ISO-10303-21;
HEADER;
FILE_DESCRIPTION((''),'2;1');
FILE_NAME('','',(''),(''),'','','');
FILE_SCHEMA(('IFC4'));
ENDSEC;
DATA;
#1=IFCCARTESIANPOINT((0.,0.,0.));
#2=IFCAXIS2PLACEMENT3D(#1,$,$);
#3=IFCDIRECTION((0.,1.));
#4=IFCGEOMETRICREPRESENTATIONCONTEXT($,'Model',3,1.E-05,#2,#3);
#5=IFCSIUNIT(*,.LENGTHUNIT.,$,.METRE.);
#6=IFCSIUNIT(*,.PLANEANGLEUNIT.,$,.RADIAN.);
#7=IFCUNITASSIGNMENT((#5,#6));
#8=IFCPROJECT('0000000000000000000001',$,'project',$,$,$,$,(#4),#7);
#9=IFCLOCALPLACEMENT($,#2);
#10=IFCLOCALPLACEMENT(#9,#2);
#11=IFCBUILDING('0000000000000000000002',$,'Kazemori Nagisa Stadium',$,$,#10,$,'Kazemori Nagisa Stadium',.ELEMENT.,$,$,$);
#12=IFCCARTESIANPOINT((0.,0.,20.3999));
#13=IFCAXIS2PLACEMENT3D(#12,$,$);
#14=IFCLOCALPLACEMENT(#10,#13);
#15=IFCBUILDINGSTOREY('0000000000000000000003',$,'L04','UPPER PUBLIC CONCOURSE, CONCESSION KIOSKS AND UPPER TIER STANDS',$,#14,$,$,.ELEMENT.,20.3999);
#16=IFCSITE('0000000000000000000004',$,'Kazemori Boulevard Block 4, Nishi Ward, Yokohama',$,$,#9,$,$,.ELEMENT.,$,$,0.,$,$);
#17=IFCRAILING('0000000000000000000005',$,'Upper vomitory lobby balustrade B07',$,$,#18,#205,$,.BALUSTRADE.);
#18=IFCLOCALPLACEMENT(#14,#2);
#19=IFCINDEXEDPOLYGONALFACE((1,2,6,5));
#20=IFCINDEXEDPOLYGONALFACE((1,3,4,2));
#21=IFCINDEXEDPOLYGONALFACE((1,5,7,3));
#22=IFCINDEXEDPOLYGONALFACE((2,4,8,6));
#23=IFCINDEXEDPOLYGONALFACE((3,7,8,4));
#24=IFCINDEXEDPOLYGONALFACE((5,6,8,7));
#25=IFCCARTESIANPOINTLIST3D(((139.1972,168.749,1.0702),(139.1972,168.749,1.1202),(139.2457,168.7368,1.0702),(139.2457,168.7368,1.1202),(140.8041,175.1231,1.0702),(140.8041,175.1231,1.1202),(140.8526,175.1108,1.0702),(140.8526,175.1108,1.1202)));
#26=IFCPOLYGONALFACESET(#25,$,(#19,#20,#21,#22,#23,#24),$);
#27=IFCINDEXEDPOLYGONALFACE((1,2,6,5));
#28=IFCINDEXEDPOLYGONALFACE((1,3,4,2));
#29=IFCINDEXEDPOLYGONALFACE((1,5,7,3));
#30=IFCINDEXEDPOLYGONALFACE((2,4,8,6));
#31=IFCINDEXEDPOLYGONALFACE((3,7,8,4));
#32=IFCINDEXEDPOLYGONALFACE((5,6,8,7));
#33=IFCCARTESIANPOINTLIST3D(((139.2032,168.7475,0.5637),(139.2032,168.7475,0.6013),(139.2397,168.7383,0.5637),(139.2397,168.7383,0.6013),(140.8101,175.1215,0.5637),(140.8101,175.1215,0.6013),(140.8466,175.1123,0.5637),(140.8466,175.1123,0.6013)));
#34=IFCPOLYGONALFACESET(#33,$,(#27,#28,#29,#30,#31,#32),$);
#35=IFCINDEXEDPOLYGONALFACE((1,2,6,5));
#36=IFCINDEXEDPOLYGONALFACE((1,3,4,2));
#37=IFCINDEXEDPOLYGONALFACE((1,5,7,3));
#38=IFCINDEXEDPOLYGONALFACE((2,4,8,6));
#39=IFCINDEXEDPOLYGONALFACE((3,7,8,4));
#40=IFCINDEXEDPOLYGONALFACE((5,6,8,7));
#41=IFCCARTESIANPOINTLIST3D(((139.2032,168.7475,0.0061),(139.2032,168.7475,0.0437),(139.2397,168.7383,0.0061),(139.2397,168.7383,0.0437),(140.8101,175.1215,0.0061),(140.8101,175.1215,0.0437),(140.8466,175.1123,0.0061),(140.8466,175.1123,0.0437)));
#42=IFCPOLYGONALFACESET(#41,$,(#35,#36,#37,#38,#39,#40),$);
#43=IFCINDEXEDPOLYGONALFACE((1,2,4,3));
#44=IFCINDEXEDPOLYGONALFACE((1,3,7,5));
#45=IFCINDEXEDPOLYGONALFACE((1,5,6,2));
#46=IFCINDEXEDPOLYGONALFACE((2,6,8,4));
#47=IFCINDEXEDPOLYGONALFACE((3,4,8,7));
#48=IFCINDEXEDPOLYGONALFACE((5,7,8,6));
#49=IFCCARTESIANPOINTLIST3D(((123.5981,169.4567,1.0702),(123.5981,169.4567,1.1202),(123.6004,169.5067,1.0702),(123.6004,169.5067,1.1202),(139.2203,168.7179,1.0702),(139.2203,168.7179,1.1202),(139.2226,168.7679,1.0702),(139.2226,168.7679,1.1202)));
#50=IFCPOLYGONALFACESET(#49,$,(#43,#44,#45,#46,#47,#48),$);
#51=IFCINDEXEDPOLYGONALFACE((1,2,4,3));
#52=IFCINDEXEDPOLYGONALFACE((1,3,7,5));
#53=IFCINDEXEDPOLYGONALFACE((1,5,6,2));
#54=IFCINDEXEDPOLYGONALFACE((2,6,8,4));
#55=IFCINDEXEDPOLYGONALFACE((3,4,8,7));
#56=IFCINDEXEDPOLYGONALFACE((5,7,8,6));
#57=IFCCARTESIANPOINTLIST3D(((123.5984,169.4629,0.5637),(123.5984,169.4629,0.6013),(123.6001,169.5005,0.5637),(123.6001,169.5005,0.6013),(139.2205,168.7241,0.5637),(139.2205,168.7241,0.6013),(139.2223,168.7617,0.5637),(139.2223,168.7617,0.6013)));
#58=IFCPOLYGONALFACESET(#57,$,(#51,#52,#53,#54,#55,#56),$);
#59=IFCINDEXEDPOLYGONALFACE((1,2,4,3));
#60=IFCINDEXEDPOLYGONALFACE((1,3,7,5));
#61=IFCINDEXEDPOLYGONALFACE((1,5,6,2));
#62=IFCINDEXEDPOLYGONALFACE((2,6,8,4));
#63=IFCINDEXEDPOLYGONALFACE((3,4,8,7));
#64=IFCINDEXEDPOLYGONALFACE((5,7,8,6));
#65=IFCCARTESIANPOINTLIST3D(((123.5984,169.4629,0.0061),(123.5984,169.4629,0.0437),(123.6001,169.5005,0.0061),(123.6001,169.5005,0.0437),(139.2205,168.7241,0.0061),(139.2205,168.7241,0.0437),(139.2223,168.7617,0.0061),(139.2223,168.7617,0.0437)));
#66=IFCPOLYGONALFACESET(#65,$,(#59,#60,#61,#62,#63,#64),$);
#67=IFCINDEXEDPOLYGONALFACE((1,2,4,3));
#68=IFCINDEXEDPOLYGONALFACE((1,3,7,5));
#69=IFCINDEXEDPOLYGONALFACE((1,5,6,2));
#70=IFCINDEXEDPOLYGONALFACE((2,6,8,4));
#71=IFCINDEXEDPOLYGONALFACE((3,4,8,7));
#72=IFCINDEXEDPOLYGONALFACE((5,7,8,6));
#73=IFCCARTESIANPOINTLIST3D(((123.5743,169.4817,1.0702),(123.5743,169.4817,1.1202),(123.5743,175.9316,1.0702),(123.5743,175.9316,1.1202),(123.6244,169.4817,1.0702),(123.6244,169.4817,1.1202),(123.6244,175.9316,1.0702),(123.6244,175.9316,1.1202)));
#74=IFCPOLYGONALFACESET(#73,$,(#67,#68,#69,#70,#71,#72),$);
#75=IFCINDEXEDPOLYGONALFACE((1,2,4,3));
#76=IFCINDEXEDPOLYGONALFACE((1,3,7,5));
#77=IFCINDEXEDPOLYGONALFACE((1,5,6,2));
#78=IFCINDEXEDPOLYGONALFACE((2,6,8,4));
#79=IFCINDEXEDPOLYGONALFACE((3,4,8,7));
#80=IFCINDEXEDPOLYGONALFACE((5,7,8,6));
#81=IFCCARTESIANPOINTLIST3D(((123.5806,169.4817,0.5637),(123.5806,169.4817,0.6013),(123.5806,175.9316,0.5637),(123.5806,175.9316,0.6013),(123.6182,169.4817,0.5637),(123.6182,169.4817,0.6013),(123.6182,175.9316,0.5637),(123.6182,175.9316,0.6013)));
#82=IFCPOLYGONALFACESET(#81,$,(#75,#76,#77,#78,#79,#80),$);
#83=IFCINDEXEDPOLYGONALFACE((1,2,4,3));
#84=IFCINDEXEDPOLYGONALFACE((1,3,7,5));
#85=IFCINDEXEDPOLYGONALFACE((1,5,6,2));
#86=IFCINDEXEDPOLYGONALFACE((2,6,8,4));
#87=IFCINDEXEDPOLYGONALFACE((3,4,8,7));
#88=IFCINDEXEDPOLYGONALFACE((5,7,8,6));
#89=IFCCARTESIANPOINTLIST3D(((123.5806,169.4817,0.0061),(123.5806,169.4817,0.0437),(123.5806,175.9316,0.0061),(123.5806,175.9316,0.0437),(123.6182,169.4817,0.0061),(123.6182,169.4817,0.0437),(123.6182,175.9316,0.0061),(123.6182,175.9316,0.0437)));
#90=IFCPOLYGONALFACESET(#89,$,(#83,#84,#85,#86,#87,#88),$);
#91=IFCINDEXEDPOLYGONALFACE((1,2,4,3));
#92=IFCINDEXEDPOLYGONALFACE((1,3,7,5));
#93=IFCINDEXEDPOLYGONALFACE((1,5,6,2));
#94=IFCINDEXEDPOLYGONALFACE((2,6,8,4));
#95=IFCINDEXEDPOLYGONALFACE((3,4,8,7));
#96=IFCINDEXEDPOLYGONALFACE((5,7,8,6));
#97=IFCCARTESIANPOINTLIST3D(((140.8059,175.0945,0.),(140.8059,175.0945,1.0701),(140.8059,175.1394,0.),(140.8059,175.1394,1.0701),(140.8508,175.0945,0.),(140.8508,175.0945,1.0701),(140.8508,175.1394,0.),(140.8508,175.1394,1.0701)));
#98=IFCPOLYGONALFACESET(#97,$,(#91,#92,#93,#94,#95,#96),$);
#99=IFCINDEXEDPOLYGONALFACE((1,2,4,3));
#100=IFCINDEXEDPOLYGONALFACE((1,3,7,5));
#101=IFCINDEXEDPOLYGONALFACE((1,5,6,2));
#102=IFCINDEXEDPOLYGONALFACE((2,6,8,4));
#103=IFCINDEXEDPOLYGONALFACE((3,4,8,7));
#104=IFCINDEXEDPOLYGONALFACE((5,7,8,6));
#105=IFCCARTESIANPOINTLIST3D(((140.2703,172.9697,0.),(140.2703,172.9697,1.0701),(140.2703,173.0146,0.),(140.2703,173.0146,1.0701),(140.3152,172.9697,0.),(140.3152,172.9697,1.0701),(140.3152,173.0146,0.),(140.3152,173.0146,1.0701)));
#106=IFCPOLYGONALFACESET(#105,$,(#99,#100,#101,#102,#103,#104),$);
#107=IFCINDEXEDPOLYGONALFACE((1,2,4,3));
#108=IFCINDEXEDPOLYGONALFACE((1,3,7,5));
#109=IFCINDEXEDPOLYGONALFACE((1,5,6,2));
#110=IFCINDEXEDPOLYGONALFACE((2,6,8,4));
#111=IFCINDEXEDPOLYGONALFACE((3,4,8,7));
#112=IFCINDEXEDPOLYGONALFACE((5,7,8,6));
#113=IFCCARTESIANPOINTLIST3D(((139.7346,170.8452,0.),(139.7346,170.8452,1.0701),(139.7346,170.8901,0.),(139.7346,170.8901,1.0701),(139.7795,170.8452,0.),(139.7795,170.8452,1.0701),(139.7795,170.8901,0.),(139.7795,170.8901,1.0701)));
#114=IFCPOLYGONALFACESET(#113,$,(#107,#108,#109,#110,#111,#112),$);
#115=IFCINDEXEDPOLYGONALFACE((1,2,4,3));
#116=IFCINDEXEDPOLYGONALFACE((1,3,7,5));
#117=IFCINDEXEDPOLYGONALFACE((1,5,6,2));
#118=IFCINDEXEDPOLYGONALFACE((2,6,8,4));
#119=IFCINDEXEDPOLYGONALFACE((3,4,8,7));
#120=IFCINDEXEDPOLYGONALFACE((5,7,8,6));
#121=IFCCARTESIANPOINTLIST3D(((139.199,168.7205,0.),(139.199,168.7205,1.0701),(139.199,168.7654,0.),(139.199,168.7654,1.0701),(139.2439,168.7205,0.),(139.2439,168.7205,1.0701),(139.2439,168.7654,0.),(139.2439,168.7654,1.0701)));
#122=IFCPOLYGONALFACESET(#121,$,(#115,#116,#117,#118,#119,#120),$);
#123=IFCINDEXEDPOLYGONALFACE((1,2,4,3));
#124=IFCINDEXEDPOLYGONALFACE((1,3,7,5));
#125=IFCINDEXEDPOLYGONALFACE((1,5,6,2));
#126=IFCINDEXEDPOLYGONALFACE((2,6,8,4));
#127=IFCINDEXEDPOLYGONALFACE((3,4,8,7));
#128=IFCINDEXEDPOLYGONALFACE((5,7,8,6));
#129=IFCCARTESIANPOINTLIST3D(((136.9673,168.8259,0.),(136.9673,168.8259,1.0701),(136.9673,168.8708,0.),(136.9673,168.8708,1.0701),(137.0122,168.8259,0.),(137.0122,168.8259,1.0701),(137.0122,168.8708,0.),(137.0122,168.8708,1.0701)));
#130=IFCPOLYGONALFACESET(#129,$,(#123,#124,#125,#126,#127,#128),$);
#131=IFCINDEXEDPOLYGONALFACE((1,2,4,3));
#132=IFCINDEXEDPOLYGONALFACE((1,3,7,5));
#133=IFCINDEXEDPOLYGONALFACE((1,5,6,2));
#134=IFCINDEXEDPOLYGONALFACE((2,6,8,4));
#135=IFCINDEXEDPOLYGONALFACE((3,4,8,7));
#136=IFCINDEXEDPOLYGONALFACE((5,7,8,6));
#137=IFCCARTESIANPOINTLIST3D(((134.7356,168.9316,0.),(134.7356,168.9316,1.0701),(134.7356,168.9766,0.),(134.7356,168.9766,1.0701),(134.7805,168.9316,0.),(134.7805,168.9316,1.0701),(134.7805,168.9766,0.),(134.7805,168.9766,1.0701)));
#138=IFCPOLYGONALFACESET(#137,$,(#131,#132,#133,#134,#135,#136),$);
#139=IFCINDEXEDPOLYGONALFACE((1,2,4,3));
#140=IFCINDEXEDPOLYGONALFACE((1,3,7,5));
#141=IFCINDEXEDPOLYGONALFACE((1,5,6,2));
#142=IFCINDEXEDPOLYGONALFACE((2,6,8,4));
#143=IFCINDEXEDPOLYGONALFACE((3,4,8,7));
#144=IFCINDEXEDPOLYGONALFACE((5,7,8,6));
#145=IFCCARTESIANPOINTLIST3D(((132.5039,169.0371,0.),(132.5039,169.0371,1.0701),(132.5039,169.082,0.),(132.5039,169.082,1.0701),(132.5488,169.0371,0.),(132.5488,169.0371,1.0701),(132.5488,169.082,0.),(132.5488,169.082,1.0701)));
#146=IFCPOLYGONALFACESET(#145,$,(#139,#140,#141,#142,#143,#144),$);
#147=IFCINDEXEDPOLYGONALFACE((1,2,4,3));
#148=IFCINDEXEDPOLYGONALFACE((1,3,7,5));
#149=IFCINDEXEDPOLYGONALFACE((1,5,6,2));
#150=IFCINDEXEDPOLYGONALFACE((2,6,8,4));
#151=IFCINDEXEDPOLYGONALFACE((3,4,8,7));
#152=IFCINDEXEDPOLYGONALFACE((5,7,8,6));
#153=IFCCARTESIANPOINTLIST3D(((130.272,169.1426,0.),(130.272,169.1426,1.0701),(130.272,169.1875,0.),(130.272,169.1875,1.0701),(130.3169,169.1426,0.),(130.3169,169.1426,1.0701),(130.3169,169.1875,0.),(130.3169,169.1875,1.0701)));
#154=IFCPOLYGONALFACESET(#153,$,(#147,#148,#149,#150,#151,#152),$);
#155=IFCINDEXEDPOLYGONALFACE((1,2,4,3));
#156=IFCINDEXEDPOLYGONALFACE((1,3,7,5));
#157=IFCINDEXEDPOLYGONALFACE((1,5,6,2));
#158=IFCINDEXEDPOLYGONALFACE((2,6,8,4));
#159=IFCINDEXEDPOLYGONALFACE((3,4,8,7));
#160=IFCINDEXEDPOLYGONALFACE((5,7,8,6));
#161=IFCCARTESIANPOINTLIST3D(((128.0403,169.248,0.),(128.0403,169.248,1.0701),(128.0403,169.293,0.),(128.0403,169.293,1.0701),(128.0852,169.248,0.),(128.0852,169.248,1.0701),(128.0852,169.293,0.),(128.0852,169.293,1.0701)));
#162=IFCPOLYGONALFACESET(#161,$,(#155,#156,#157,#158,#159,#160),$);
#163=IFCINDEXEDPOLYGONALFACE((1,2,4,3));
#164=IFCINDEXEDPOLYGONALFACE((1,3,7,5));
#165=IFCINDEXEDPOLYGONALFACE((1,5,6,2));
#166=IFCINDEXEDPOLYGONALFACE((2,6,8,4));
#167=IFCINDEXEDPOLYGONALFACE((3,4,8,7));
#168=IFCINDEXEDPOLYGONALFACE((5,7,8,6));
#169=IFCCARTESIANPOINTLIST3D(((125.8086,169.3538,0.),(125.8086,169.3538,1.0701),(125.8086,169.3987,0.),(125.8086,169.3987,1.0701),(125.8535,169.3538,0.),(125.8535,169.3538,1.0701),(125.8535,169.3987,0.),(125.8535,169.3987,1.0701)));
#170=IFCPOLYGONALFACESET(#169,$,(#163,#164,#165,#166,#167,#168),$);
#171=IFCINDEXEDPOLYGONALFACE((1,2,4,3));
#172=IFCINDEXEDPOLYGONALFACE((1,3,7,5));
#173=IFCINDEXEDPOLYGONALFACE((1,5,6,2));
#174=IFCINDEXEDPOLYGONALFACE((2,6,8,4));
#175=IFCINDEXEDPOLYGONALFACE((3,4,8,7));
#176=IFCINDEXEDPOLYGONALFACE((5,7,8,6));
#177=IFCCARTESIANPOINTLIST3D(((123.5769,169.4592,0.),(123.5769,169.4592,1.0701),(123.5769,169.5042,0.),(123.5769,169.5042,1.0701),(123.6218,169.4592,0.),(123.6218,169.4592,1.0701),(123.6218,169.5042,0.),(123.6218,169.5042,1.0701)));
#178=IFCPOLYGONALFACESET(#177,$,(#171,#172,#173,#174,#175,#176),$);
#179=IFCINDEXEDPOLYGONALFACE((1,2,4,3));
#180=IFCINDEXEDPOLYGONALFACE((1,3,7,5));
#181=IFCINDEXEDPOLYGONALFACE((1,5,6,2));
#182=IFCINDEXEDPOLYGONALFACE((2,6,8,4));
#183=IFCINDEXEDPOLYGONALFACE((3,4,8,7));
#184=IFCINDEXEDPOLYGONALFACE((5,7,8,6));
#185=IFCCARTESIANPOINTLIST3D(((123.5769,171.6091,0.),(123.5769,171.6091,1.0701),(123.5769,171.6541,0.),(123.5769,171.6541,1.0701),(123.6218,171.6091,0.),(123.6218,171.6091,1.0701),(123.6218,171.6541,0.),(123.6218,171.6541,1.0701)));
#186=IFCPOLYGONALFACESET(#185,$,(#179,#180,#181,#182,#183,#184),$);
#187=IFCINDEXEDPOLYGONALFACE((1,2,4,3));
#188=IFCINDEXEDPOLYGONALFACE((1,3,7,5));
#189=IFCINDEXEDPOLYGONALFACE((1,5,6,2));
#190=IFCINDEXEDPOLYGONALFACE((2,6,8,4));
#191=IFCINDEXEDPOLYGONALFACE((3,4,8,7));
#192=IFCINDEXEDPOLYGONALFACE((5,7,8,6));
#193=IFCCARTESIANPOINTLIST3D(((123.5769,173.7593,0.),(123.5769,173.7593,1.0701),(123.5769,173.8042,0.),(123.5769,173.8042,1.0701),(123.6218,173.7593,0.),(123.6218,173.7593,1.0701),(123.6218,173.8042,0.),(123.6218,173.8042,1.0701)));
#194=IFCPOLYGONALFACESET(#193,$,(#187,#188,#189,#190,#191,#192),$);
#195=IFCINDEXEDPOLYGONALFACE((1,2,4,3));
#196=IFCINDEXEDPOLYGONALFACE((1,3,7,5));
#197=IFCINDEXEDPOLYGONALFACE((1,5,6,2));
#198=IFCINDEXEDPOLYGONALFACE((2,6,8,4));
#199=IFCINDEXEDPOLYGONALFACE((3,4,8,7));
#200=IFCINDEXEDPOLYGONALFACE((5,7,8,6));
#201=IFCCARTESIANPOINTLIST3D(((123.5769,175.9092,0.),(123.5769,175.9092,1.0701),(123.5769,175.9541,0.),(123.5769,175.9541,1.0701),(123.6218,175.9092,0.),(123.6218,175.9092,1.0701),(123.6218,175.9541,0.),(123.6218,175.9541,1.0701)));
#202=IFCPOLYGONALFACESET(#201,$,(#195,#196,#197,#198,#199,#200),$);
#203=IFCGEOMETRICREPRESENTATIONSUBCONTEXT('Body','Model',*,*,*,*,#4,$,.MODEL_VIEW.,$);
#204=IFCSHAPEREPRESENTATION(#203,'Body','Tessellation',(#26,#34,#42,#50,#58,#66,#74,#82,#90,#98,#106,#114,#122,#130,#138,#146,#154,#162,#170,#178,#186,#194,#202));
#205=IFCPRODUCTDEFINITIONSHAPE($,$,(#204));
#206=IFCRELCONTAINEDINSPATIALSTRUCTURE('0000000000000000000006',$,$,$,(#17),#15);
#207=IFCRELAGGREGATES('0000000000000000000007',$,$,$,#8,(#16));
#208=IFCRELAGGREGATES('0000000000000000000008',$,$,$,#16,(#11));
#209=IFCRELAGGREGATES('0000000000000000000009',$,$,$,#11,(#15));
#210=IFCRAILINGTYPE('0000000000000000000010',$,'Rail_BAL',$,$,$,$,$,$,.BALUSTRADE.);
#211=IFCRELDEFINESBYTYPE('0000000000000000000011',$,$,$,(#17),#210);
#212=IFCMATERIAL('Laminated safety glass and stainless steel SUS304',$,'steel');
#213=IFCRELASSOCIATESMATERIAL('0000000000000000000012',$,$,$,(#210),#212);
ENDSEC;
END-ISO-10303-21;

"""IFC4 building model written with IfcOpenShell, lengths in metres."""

from ifc_helpers import new_model, si_unit, direction, frame, origin, origin_2d, place, context, subcontext, project, spatial, rectangle, extrude, material, type_object, element, save


model = new_model("IFC4")

# Units and contexts
model_context = context("Model", 3, precision=1e-05, world=origin(), true_north=direction((0.0, 1.0)))
body_context = subcontext(model_context, "Body", "Model", "MODEL_VIEW")
ifc_project = project(units=[si_unit("LENGTHUNIT", "METRE"), si_unit("PLANEANGLEUNIT", "RADIAN")], contexts=[model_context])

# Site, building, storey
site_placement = place(None, origin())
site = spatial("IfcSite", under=ifc_project, at=site_placement, Name="Kazemori Boulevard Block 4, Nishi Ward, Yokohama", CompositionType="ELEMENT", RefElevation=0.0)
building_placement = place(site_placement, origin())
building = spatial("IfcBuilding", under=site, at=building_placement, Name="Kazemori Nagisa Stadium", LongName="Kazemori Nagisa Stadium", CompositionType="ELEMENT")
storey_placement = place(building_placement, frame((0.0, 0.0, 20.3999)))
storey = spatial("IfcBuildingStorey", under=building, at=storey_placement, Name="L04", Description="UPPER PUBLIC CONCOURSE, CONCESSION KIOSKS AND UPPER TIER STANDS", CompositionType="ELEMENT", Elevation=20.3999)

# Railing
ifc_material_1 = material(Name="Laminated safety glass and stainless steel SUS304", Category="steel")
railing_type_1 = type_object("IfcRailingType", Name="Rail_BAL", PredefinedType="BALUSTRADE", material=ifc_material_1)
railing_1_placement = place(storey_placement, frame((140.8284, 175.1169, 0.0)))
element("IfcRailing", 1, at=railing_1_placement, inside=storey, type_object=railing_type_1, Name="Upper vomitory lobby balustrade B07", PredefinedType="BALUSTRADE", context=body_context, shape_type="SweptSolid", body=[
    extrude(rectangle(XDim=0.05, YDim=0.05, at=origin_2d()), frame((0.0, 0.0, 1.0952), z_axis=(-0.244458, -0.96966, 0.0), x_axis=(0.96966, -0.244458, 0.0)), (0.0, 0.0, 1.0), 6.5735),
    extrude(rectangle(XDim=0.0376, YDim=0.0376, at=origin_2d()), frame((0.0, 0.0, 0.5825), z_axis=(-0.244458, -0.96966, 0.0), x_axis=(0.96966, -0.244458, 0.0)), (0.0, 0.0, 1.0), 6.5735),
    extrude(rectangle(XDim=0.0376, YDim=0.0376, at=origin_2d()), frame((0.0, 0.0, 0.0249), z_axis=(-0.244458, -0.96966, 0.0), x_axis=(0.96966, -0.244458, 0.0)), (0.0, 0.0, 1.0), 6.5735),
    extrude(rectangle(XDim=0.05, YDim=0.05, at=origin_2d()), frame((-1.6069, -6.374, 1.0952), z_axis=(-0.998884, 0.047237, 0.0), x_axis=(-0.047237, -0.998884, 0.0)), (0.0, 0.0, 1.0), 15.6396),
    extrude(rectangle(XDim=0.0376, YDim=0.0376, at=origin_2d()), frame((-1.6069, -6.374, 0.5825), z_axis=(-0.998884, 0.047237, 0.0), x_axis=(-0.047237, -0.998884, 0.0)), (0.0, 0.0, 1.0), 15.6396),
    extrude(rectangle(XDim=0.0376, YDim=0.0376, at=origin_2d()), frame((-1.6069, -6.374, 0.0249), z_axis=(-0.998884, 0.047237, 0.0), x_axis=(-0.047237, -0.998884, 0.0)), (0.0, 0.0, 1.0), 15.6396),
    extrude(rectangle(XDim=0.05, YDim=0.05, at=origin_2d()), frame((-17.229, -5.6353, 1.0952), z_axis=(0.0, 1.0, 0.0), x_axis=(-1.0, 0.0, 0.0)), (0.0, 0.0, 1.0), 6.45),
    extrude(rectangle(XDim=0.0376, YDim=0.0376, at=origin_2d()), frame((-17.229, -5.6353, 0.5825), z_axis=(0.0, 1.0, 0.0), x_axis=(-1.0, 0.0, 0.0)), (0.0, 0.0, 1.0), 6.45),
    extrude(rectangle(XDim=0.0376, YDim=0.0376, at=origin_2d()), frame((-17.229, -5.6353, 0.0249), z_axis=(0.0, 1.0, 0.0), x_axis=(-1.0, 0.0, 0.0)), (0.0, 0.0, 1.0), 6.45),
    extrude(rectangle(XDim=0.0449, YDim=0.0449, at=origin_2d()), origin(), (0.0, 0.0, 1.0), 1.0701),
    extrude(rectangle(XDim=0.0449, YDim=0.0449, at=origin_2d()), frame((-0.5356, -2.1248, 0.0)), (0.0, 0.0, 1.0), 1.0701),
    extrude(rectangle(XDim=0.0449, YDim=0.0449, at=origin_2d()), frame((-1.0713, -4.2493, 0.0)), (0.0, 0.0, 1.0), 1.0701),
    extrude(rectangle(XDim=0.0449, YDim=0.0449, at=origin_2d()), frame((-1.6069, -6.374, 0.0)), (0.0, 0.0, 1.0), 1.0701),
    extrude(rectangle(XDim=0.0449, YDim=0.0449, at=origin_2d()), frame((-3.8386, -6.2686, 0.0)), (0.0, 0.0, 1.0), 1.0701),
    extrude(rectangle(XDim=0.0449, YDim=0.0449, at=origin_2d()), frame((-6.0703, -6.1628, 0.0)), (0.0, 0.0, 1.0), 1.0701),
    extrude(rectangle(XDim=0.0449, YDim=0.0449, at=origin_2d()), frame((-8.302, -6.0574, 0.0)), (0.0, 0.0, 1.0), 1.0701),
    extrude(rectangle(XDim=0.0449, YDim=0.0449, at=origin_2d()), frame((-10.5339, -5.9519, 0.0)), (0.0, 0.0, 1.0), 1.0701),
    extrude(rectangle(XDim=0.0449, YDim=0.0449, at=origin_2d()), frame((-12.7656, -5.8464, 0.0)), (0.0, 0.0, 1.0), 1.0701),
    extrude(rectangle(XDim=0.0449, YDim=0.0449, at=origin_2d()), frame((-14.9973, -5.7407, 0.0)), (0.0, 0.0, 1.0), 1.0701),
    extrude(rectangle(XDim=0.0449, YDim=0.0449, at=origin_2d()), frame((-17.229, -5.6353, 0.0)), (0.0, 0.0, 1.0), 1.0701),
    extrude(rectangle(XDim=0.0449, YDim=0.0449, at=origin_2d()), frame((-17.229, -3.4854, 0.0)), (0.0, 0.0, 1.0), 1.0701),
    extrude(rectangle(XDim=0.0449, YDim=0.0449, at=origin_2d()), frame((-17.229, -1.3352, 0.0)), (0.0, 0.0, 1.0), 1.0701),
    extrude(rectangle(XDim=0.0449, YDim=0.0449, at=origin_2d()), frame((-17.229, 0.8147, 0.0)), (0.0, 0.0, 1.0), 1.0701),
])

save(model, "model.ifc")
